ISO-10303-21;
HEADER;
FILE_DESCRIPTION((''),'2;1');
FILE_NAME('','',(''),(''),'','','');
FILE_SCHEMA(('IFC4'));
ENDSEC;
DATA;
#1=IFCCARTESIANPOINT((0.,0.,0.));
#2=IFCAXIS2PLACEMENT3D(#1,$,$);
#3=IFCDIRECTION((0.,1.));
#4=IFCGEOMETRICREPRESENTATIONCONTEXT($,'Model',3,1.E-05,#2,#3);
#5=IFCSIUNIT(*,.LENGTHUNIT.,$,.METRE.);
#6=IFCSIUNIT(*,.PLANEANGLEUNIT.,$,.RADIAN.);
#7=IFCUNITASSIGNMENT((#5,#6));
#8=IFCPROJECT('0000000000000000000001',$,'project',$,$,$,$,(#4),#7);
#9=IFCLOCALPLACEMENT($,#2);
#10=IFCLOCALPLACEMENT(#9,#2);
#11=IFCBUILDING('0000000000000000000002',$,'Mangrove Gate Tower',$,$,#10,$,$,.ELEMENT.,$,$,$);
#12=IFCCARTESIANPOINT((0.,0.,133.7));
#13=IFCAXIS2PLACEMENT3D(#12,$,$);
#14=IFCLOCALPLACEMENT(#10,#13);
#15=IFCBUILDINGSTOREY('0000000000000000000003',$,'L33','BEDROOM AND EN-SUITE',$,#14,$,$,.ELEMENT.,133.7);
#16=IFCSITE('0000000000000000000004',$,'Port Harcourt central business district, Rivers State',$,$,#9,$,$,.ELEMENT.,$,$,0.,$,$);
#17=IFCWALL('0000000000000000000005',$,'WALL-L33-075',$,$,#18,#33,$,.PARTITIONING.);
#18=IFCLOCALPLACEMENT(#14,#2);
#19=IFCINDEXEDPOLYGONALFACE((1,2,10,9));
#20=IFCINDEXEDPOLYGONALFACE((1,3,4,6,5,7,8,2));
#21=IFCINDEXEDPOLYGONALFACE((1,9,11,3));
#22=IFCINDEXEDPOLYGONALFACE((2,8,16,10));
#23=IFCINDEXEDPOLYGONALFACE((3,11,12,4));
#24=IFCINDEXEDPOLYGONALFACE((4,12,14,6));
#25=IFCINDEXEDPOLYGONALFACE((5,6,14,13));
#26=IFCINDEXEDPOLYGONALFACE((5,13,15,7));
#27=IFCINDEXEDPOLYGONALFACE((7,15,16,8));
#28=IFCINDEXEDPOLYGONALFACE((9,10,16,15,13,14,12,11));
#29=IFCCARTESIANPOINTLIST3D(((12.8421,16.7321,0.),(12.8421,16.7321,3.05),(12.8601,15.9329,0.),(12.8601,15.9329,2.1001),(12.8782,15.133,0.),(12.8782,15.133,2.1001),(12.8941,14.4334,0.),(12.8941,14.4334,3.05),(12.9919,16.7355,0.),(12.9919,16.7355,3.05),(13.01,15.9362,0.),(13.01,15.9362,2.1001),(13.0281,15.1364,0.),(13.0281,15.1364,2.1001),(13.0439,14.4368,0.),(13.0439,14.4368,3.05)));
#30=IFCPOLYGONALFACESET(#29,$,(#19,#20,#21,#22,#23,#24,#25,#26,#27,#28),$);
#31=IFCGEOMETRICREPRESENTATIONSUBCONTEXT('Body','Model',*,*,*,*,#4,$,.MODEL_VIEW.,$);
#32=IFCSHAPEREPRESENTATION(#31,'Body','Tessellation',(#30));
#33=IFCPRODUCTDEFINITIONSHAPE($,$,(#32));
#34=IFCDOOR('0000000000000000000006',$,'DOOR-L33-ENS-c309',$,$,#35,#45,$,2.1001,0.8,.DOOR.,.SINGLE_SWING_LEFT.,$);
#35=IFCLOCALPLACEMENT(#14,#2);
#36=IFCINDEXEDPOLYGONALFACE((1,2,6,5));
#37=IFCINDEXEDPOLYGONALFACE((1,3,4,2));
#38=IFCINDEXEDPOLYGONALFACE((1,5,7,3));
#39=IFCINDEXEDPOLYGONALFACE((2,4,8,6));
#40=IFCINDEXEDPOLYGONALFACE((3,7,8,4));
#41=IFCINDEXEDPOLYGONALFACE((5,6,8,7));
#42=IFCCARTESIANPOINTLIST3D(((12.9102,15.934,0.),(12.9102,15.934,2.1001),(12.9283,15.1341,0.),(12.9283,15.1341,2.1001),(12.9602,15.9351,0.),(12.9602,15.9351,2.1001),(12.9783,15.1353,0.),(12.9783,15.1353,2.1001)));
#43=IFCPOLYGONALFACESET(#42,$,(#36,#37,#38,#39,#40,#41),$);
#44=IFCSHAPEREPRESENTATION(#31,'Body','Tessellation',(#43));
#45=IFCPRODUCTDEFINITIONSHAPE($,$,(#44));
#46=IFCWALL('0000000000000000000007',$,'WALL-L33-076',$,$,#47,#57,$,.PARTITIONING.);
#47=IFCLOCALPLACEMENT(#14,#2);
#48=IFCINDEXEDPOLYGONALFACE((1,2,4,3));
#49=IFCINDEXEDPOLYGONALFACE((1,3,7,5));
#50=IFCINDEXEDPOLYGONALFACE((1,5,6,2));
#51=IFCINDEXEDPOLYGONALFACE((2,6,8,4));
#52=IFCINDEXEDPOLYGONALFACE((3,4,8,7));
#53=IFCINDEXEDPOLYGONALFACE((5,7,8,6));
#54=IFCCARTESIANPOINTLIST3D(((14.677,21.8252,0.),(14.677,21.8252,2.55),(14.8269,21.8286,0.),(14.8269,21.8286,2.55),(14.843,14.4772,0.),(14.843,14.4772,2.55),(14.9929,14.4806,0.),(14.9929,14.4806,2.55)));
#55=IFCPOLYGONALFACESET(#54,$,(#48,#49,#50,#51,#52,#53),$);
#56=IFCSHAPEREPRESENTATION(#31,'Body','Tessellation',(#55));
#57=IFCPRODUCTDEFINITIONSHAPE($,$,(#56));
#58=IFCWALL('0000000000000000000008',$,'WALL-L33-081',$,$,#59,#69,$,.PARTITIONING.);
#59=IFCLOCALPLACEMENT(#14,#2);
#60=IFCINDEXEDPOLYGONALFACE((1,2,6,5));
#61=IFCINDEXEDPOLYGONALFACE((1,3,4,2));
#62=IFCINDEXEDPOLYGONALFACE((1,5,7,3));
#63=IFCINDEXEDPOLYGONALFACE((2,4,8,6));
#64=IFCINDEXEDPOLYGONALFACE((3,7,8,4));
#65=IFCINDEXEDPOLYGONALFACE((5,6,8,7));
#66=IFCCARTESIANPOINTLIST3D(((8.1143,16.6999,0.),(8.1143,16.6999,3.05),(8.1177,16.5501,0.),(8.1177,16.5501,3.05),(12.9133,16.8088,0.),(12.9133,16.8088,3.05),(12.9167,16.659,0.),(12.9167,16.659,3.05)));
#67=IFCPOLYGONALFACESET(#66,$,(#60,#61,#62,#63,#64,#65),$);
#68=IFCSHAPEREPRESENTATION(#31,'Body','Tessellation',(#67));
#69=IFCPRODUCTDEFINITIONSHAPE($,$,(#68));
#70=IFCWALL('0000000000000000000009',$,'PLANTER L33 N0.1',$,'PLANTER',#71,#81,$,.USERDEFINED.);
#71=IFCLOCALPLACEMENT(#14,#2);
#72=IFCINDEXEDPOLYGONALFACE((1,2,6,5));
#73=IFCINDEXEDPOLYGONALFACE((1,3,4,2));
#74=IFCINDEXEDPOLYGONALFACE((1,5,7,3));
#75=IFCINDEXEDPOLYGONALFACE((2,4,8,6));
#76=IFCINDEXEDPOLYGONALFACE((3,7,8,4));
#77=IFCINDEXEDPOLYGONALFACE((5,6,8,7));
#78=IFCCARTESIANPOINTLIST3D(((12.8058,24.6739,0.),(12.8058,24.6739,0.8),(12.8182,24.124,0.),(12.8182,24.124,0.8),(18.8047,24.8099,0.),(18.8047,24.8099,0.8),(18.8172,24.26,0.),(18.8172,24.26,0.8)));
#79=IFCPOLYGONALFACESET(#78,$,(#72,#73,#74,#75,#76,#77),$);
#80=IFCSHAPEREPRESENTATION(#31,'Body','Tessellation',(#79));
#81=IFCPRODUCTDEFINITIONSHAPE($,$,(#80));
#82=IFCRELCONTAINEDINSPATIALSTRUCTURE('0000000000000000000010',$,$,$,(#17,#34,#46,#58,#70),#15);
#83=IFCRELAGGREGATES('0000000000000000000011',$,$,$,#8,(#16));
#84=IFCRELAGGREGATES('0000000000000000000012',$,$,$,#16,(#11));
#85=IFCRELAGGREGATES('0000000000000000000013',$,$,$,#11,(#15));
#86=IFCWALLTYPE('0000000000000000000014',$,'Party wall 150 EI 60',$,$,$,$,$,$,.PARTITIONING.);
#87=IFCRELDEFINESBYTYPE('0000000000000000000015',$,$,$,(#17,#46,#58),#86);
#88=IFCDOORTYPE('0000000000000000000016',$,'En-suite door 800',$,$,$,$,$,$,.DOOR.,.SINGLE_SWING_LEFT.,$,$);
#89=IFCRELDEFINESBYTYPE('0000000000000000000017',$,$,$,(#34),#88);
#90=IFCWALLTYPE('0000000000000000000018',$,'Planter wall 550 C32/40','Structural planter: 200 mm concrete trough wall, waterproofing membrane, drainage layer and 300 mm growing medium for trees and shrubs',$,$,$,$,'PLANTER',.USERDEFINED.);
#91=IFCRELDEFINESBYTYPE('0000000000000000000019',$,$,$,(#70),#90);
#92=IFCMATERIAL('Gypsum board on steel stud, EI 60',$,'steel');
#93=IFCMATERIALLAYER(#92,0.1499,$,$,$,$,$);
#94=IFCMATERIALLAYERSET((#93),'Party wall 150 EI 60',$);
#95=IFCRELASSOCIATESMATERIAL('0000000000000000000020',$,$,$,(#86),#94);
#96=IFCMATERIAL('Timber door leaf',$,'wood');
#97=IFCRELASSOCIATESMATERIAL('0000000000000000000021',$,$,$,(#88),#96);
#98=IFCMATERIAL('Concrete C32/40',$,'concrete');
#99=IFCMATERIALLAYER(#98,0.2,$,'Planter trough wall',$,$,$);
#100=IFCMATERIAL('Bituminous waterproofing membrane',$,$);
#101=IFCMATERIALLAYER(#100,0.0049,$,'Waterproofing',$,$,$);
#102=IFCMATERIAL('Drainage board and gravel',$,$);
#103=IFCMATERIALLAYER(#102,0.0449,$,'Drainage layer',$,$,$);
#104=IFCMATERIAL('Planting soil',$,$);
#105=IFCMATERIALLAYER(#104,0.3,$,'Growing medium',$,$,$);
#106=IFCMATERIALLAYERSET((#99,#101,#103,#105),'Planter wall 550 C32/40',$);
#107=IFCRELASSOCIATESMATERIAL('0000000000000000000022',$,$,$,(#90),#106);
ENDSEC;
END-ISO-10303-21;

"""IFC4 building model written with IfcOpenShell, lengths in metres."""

from ifc_helpers import new_model, si_unit, direction, frame, frame_2d, origin, place, context, subcontext, project, spatial, rectangle, extrude, material, layer, layer_set, type_object, element, fill, save


model = new_model("IFC4")

# Units and contexts
model_context = context("Model", 3, precision=1e-05, world=origin(), true_north=direction((0.0, 1.0)))
body_context = subcontext(model_context, "Body", "Model", "MODEL_VIEW")
ifc_project = project(units=[si_unit("LENGTHUNIT", "METRE"), si_unit("PLANEANGLEUNIT", "RADIAN")], contexts=[model_context])

# Site, building, storey
site_placement = place(None, origin())
site = spatial("IfcSite", under=ifc_project, at=site_placement, Name="Port Harcourt central business district, Rivers State", CompositionType="ELEMENT", RefElevation=0.0)
building_placement = place(site_placement, origin())
building = spatial("IfcBuilding", under=site, at=building_placement, Name="Mangrove Gate Tower", CompositionType="ELEMENT")
storey_placement = place(building_placement, frame((0.0, 0.0, 133.7)))
storey = spatial("IfcBuildingStorey", under=building, at=storey_placement, Name="L33", Description="BEDROOM AND EN-SUITE", CompositionType="ELEMENT", Elevation=133.7)

# Shared definitions
ifc_material_1 = material(Name="Bituminous waterproofing membrane")

# Shared definitions
ifc_material_2 = material(Name="Gypsum board on steel stud, EI 60", Category="steel")
ifc_layer_1 = layer(ifc_material_2, 0.1499)
ifc_layer_set_1 = layer_set([ifc_layer_1], Name="Party wall 150 EI 60")
wall_type_1 = type_object("IfcWallType", Name="Party wall 150 EI 60", PredefinedType="PARTITIONING", material=ifc_layer_set_1)

# Shared definitions
ifc_material_3 = material(Name="Timber door leaf", Category="wood")
door_type = type_object("IfcDoorType", Name="En-suite door 800", OperationType="SINGLE_SWING_LEFT", PredefinedType="DOOR", material=ifc_material_3)

# Wall, opening, door
wall_1_placement = place(storey_placement, frame((12.969, 14.4351, 0.0), z_axis=(0.0, 0.0, 1.0), x_axis=(-0.022615, 0.999744, 0.0)))
wall_1 = element("IfcWall", 1, at=wall_1_placement, inside=storey, type_object=wall_type_1, Name="WALL-L33-075", PredefinedType="PARTITIONING", context=body_context, shape_type="SweptSolid", body=[
    extrude(rectangle(XDim=2.2993, YDim=0.1499, at=frame_2d((1.1497, 0.0))), origin(), (0.0, 0.0, 1.0), 3.05),
])
opening_1_placement = place(wall_1_placement, frame((0.7, 0.0, 0.0)))
opening_1 = element("IfcOpeningElement", 2, at=opening_1_placement, cuts=wall_1, PredefinedType="OPENING", context=body_context, shape_type="SweptSolid", body=[
    extrude(rectangle(XDim=0.8, YDim=2.1001, at=frame_2d((0.3999, 1.05))), frame((0.0, 0.085, 0.0), z_axis=(0.0, -1.0, 0.0), x_axis=(1.0, 0.0, 0.0)), (0.0, 0.0, 1.0), 0.1699),
])
door_1_placement = place(opening_1_placement, origin())
door_1 = element("IfcDoor", 3, at=door_1_placement, inside=storey, type_object=door_type, Name="DOOR-L33-ENS-c309", OperationType="SINGLE_SWING_LEFT", OverallHeight=2.1001, OverallWidth=0.8, PredefinedType="DOOR", context=body_context, shape_type="SweptSolid", body=[
    extrude(rectangle(XDim=0.8, YDim=2.1001, at=frame_2d((0.3999, 1.05))), frame((0.0, 0.0249, 0.0), z_axis=(0.0, -1.0, 0.0), x_axis=(1.0, 0.0, 0.0)), (0.0, 0.0, 1.0), 0.05),
])
fill(opening_1, door_1)

# Walls
wall_2_placement = place(storey_placement, frame((14.918, 14.479, 0.0), z_axis=(0.0, 0.0, 1.0), x_axis=(-0.022588, 0.999745, 0.0)))
element("IfcWall", 4, at=wall_2_placement, inside=storey, type_object=wall_type_1, Name="WALL-L33-076", PredefinedType="PARTITIONING", context=body_context, shape_type="SweptSolid", body=[
    extrude(rectangle(XDim=7.3499, YDim=0.1499, at=frame_2d((3.6748, 0.0))), origin(), (0.0, 0.0, 1.0), 2.55),
])
wall_3_placement = place(storey_placement, frame((8.116, 16.625, 0.0), z_axis=(0.0, 0.0, 1.0), x_axis=(0.999743, 0.022683, 0.0)))
element("IfcWall", 5, at=wall_3_placement, inside=storey, type_object=wall_type_1, Name="WALL-L33-081", PredefinedType="PARTITIONING", context=body_context, shape_type="SweptSolid", body=[
    extrude(rectangle(XDim=4.8003, YDim=0.1499, at=frame_2d((2.4001, 0.0))), origin(), (0.0, 0.0, 1.0), 3.05),
])
ifc_material_4 = material(Name="Concrete C32/40", Category="concrete")
ifc_layer_2 = layer(ifc_material_4, 0.2, Name="Planter trough wall")
ifc_layer_3 = layer(ifc_material_1, 0.0049, Name="Waterproofing")
ifc_material_5 = material(Name="Drainage board and gravel")
ifc_layer_4 = layer(ifc_material_5, 0.0449, Name="Drainage layer")
ifc_material_6 = material(Name="Planting soil")
ifc_layer_5 = layer(ifc_material_6, 0.3, Name="Growing medium")
ifc_layer_set_2 = layer_set([ifc_layer_2, ifc_layer_3, ifc_layer_4, ifc_layer_5], Name="Planter wall 550 C32/40")
wall_type_2 = type_object("IfcWallType", Name="Planter wall 550 C32/40", Description="Structural planter: 200 mm concrete trough wall, waterproofing membrane, drainage layer and 300 mm growing medium for trees and shrubs", ElementType="PLANTER", PredefinedType="USERDEFINED", material=ifc_layer_set_2)
wall_4_placement = place(storey_placement, frame((12.812, 24.3989, 0.0), z_axis=(0.0, 0.0, 1.0), x_axis=(0.999743, 0.022662, 0.0)))
element("IfcWall", 6, at=wall_4_placement, inside=storey, type_object=wall_type_2, Name="PLANTER L33 N0.1", ObjectType="PLANTER", PredefinedType="USERDEFINED", context=body_context, shape_type="SweptSolid", body=[
    extrude(rectangle(XDim=6.0005, YDim=0.55, at=frame_2d((3.0002, 0.0))), origin(), (0.0, 0.0, 1.0), 0.8),
])

save(model, "model.ifc")
